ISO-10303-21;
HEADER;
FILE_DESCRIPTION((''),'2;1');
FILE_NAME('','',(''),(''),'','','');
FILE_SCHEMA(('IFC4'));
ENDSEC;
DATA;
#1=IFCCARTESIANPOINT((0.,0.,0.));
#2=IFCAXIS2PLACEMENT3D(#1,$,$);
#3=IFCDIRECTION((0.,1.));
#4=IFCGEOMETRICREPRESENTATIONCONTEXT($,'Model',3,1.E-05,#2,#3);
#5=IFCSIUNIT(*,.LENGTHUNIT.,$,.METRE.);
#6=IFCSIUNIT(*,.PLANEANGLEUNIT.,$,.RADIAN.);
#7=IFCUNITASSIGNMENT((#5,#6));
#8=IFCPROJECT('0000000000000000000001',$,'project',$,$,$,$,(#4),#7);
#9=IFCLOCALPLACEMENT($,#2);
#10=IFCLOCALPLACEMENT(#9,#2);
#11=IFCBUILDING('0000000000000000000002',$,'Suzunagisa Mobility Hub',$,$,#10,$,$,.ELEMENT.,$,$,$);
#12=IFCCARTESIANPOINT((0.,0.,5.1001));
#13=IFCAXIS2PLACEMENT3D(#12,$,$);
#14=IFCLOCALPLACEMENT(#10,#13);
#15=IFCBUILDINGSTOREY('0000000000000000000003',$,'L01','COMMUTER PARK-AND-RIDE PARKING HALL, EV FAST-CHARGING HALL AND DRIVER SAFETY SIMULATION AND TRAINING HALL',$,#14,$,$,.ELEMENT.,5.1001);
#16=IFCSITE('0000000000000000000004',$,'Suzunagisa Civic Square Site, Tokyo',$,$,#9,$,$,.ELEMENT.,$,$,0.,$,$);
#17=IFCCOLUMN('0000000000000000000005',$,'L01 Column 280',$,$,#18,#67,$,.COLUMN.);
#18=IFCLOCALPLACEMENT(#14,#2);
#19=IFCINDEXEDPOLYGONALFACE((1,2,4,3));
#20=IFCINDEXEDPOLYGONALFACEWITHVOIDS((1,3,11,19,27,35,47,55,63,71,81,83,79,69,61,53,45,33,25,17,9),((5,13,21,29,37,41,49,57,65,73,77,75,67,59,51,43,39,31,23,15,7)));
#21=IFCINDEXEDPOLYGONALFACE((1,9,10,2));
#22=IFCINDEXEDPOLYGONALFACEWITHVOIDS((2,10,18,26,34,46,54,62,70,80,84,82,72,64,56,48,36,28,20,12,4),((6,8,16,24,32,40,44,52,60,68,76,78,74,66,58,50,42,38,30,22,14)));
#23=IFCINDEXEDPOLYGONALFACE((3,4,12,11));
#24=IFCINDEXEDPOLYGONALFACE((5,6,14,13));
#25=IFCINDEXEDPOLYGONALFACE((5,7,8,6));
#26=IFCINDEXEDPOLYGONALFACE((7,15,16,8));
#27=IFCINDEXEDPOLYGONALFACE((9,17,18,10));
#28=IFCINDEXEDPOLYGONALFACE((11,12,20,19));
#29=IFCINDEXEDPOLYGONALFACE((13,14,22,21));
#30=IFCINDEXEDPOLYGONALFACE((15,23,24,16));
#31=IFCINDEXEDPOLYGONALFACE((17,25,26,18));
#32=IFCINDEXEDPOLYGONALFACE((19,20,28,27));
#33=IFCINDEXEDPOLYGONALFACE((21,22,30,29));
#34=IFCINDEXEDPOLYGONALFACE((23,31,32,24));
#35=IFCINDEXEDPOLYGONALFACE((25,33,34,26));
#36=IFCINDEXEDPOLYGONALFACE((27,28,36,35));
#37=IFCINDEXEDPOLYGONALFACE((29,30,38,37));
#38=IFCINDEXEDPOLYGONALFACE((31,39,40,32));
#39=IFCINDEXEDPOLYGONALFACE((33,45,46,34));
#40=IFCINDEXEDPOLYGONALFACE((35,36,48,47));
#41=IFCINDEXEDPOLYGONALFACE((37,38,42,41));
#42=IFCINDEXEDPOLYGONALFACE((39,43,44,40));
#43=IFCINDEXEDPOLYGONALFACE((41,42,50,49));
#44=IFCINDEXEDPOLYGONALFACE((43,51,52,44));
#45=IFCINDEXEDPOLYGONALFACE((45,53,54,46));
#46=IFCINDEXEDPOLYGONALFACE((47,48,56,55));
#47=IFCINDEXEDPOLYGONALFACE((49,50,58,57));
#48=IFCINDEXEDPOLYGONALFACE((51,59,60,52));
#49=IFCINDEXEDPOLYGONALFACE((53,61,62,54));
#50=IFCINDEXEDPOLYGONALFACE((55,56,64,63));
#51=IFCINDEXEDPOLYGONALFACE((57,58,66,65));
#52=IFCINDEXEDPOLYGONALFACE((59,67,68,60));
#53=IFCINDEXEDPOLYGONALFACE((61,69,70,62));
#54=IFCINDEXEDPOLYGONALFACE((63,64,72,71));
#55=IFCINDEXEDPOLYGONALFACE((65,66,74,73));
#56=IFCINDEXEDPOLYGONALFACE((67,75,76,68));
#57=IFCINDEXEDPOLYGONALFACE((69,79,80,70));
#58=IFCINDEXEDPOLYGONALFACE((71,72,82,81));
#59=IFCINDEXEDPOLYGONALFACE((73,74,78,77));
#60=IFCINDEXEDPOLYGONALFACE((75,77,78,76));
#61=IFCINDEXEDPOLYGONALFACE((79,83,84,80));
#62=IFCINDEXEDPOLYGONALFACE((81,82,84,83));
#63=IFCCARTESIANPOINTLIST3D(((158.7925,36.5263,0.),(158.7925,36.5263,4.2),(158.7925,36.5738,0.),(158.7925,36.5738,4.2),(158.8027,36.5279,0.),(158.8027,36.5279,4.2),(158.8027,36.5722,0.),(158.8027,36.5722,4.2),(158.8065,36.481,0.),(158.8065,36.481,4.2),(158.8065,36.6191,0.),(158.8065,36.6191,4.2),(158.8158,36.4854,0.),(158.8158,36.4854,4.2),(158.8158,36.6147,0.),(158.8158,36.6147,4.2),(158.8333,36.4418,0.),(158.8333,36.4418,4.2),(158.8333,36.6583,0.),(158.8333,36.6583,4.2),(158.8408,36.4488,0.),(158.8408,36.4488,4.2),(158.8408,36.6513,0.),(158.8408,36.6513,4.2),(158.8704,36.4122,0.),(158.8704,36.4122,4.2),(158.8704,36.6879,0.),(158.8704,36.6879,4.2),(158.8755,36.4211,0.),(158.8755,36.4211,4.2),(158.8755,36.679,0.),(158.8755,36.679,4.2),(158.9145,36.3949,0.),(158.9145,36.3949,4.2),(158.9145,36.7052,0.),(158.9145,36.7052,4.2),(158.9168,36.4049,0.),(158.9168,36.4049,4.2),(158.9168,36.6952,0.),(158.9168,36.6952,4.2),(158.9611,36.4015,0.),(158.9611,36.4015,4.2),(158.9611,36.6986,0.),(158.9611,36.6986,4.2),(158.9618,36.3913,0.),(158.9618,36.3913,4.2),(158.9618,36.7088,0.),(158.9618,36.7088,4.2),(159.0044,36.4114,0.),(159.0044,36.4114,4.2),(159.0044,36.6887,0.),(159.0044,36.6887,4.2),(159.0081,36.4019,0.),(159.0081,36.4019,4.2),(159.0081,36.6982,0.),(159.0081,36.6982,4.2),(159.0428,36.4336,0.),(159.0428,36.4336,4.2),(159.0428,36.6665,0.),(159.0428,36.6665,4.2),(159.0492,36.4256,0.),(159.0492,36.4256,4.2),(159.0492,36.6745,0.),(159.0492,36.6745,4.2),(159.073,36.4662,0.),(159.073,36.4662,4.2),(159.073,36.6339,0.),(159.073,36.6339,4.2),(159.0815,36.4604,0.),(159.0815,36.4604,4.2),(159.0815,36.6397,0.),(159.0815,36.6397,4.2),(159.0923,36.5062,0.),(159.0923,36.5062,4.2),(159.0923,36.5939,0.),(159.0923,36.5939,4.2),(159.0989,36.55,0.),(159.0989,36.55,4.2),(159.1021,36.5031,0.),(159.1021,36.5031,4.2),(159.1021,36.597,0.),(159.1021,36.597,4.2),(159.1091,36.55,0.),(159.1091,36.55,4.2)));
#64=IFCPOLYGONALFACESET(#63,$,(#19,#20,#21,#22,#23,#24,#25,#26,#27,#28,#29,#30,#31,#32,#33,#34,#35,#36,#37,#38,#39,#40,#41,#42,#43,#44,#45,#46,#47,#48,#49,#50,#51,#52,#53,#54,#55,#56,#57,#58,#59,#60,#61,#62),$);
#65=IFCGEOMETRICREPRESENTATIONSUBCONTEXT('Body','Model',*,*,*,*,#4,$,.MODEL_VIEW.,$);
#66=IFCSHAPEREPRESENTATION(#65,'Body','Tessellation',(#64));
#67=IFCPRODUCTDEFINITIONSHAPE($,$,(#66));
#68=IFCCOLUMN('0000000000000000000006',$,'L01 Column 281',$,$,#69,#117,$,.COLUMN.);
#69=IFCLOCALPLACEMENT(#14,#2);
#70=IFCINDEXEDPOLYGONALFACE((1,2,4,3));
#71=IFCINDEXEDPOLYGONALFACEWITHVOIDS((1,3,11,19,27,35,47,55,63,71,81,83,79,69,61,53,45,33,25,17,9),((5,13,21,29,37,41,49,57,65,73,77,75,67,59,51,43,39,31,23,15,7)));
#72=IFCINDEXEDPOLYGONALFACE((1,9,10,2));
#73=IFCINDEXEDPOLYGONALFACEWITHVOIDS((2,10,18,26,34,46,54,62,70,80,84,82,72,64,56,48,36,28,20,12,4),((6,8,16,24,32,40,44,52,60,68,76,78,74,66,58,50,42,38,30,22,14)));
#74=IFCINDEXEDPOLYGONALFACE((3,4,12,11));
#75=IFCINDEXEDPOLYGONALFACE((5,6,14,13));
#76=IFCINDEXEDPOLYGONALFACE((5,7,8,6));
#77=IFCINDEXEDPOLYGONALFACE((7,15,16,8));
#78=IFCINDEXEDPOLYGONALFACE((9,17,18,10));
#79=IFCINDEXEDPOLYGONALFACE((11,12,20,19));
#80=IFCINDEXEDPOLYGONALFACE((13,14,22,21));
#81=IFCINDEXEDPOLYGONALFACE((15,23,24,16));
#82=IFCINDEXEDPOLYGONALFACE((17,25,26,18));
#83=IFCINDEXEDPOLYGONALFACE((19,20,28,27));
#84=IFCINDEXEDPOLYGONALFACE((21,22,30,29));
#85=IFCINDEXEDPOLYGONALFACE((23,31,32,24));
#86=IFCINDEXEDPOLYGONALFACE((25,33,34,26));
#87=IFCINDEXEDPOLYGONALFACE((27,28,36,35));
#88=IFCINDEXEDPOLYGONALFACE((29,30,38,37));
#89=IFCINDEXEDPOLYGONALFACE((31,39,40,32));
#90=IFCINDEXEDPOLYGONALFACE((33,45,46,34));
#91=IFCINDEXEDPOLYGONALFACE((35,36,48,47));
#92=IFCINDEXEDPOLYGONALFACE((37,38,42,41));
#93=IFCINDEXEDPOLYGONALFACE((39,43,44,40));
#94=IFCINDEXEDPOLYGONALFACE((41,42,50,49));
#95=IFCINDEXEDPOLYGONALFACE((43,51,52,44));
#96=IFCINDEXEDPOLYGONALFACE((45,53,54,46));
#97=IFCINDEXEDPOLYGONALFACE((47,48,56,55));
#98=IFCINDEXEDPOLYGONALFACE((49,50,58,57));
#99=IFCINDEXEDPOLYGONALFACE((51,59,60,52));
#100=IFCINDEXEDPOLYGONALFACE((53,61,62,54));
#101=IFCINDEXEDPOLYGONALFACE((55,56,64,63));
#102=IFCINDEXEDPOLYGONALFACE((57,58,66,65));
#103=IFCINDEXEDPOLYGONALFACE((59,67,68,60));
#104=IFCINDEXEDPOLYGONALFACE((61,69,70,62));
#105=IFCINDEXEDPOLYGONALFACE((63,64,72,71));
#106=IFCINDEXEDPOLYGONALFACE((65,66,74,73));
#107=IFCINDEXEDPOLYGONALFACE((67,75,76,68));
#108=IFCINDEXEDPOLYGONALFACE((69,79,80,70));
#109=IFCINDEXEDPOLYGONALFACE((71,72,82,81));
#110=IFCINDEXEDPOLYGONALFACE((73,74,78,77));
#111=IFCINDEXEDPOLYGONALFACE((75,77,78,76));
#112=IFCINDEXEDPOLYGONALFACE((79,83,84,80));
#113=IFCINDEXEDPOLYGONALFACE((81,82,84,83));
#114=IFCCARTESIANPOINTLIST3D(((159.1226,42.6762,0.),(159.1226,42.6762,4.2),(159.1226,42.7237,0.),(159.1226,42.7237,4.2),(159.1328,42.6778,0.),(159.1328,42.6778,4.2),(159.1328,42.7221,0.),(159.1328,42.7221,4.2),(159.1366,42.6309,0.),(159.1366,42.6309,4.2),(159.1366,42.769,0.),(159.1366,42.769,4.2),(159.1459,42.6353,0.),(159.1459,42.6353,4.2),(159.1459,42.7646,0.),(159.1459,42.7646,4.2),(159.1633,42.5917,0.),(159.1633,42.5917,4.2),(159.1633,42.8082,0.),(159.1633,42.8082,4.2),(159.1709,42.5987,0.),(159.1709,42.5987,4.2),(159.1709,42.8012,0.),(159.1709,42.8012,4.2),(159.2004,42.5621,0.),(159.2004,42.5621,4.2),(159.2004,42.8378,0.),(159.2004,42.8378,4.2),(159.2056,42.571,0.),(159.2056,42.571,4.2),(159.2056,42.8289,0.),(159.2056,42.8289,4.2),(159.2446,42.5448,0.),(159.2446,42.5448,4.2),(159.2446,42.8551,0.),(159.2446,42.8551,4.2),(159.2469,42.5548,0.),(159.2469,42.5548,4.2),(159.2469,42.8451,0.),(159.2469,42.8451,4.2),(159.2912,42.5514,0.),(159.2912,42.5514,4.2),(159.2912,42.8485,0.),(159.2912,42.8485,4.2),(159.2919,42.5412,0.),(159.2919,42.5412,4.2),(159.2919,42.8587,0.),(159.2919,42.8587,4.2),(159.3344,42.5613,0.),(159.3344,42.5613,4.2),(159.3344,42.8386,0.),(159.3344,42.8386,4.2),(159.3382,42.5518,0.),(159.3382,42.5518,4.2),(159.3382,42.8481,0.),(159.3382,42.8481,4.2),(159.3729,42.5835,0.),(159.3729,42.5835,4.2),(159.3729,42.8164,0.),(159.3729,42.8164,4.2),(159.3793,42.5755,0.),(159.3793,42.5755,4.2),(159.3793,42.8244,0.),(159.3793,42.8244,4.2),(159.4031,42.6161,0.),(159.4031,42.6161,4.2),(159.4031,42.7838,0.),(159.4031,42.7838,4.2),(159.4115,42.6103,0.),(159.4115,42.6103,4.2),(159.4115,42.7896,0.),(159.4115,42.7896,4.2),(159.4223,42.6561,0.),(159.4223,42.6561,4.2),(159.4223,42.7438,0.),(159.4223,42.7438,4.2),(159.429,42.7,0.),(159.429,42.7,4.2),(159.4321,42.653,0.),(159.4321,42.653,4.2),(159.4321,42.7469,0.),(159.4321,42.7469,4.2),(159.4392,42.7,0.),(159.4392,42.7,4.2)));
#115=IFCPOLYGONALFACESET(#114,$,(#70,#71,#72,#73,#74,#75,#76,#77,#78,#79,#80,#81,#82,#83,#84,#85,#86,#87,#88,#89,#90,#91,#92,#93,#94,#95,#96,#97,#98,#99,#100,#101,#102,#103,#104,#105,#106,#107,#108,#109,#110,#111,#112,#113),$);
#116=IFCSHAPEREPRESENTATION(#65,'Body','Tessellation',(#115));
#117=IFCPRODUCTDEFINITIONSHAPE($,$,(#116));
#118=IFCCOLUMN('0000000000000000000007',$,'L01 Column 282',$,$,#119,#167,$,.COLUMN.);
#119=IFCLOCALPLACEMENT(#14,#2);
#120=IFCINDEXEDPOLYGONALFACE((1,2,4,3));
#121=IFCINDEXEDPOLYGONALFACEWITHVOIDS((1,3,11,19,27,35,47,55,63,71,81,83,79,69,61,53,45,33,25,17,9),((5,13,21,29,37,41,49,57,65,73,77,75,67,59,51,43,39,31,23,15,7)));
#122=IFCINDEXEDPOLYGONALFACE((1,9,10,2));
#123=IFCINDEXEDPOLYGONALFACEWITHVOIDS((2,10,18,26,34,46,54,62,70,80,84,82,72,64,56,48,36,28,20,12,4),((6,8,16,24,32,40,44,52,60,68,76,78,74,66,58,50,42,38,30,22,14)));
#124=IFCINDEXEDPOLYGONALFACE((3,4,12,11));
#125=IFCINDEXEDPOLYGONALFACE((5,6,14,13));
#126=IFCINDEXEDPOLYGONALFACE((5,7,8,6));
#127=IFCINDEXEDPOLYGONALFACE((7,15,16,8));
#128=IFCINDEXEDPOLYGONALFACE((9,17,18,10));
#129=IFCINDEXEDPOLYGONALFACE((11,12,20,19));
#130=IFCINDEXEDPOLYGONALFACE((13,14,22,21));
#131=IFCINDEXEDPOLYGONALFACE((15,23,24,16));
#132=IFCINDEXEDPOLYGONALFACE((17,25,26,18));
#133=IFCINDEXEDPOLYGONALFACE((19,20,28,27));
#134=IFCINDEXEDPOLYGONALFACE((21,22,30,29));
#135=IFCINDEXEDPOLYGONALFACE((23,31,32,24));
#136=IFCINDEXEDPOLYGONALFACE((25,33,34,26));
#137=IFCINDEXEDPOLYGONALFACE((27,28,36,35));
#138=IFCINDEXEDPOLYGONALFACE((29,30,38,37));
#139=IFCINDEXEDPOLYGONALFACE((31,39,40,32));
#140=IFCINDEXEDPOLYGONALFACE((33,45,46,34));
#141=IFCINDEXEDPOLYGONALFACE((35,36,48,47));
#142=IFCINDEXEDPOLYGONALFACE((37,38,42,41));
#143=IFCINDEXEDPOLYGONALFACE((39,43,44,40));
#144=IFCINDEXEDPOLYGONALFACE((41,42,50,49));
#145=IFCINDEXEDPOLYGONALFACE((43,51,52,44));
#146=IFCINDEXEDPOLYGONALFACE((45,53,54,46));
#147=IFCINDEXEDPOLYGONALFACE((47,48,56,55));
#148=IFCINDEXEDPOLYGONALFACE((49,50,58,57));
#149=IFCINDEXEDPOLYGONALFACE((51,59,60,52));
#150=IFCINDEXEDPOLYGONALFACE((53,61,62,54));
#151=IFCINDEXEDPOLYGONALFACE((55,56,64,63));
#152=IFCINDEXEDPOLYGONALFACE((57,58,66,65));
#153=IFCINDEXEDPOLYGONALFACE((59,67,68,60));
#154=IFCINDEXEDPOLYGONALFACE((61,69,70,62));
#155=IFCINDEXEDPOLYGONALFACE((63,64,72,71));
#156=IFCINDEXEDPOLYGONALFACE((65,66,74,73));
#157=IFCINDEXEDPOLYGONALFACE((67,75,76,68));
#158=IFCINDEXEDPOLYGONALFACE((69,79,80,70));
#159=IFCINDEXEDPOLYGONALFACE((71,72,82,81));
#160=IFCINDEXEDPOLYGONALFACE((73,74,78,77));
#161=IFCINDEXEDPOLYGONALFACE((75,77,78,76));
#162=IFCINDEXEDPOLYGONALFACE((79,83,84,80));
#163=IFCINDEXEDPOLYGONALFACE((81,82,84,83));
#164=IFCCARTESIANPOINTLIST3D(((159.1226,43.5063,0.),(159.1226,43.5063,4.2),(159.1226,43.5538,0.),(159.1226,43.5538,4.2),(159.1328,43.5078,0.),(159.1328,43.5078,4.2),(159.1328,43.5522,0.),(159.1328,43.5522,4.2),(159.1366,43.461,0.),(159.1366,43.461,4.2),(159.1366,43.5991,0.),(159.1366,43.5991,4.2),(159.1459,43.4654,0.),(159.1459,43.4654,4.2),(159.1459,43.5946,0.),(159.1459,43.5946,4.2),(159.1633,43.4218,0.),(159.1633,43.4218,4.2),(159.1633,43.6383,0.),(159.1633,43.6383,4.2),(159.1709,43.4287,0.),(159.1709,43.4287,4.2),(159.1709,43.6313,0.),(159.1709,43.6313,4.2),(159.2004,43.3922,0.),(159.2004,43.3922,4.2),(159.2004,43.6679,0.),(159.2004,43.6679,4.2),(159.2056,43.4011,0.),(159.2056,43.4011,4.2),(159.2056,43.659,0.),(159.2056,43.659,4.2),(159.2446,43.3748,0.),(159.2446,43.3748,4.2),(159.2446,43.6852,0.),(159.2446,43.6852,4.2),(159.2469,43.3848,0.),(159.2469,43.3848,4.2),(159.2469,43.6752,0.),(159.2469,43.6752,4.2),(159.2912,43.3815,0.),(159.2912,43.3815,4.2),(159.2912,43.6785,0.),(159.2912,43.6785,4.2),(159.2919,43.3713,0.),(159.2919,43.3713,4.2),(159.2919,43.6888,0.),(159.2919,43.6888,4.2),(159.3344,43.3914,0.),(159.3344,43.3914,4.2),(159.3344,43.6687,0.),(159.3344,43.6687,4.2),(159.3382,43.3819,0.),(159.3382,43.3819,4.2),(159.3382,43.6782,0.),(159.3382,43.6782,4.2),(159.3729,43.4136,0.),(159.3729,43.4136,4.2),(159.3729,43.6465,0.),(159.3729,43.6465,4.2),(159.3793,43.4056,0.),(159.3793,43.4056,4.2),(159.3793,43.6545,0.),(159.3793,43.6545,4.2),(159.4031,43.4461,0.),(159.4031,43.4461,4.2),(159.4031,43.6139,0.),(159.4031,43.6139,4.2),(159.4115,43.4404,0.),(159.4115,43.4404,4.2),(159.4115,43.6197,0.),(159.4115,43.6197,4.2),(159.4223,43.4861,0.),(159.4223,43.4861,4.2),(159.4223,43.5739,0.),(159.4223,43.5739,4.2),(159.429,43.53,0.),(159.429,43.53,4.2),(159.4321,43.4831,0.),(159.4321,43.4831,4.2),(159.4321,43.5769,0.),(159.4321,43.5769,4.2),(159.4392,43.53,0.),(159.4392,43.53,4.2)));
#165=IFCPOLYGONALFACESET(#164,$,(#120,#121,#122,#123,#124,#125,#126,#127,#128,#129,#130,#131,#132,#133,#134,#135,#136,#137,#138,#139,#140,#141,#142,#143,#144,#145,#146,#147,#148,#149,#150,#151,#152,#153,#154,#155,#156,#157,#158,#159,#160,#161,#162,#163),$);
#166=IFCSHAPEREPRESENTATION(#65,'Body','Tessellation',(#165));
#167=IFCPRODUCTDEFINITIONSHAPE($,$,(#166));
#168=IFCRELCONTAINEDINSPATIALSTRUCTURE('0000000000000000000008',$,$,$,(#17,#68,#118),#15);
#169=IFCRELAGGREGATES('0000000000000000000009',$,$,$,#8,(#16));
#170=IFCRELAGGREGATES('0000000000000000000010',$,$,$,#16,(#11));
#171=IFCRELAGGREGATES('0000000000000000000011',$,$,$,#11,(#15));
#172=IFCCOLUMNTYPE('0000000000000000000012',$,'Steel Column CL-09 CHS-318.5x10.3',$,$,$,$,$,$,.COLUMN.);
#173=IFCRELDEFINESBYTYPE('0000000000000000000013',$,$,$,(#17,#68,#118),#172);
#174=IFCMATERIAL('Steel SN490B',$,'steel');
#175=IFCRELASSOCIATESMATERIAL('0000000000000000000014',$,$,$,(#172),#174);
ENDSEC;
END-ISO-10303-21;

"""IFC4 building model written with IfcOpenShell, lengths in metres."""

from ifc_helpers import new_model, si_unit, direction, frame, origin, origin_2d, place, context, subcontext, project, spatial, hollow_circle, extrude, material, material_profile, profile_set, type_object, element, save


model = new_model("IFC4")

# Units and contexts
model_context = context("Model", 3, precision=1e-05, world=origin(), true_north=direction((0.0, 1.0)))
body_context = subcontext(model_context, "Body", "Model", "MODEL_VIEW")
ifc_project = project(units=[si_unit("LENGTHUNIT", "METRE"), si_unit("PLANEANGLEUNIT", "RADIAN")], contexts=[model_context])

# Site, building, storey
site_placement = place(None, origin())
site = spatial("IfcSite", under=ifc_project, at=site_placement, Name="Suzunagisa Civic Square Site, Tokyo", CompositionType="ELEMENT", RefElevation=0.0)
building_placement = place(site_placement, origin())
building = spatial("IfcBuilding", under=site, at=building_placement, Name="Suzunagisa Mobility Hub", CompositionType="ELEMENT")
storey_placement = place(building_placement, frame((0.0, 0.0, 5.1001)))
storey = spatial("IfcBuildingStorey", under=building, at=storey_placement, Name="L01", Description="COMMUTER PARK-AND-RIDE PARKING HALL, EV FAST-CHARGING HALL AND DRIVER SAFETY SIMULATION AND TRAINING HALL", CompositionType="ELEMENT", Elevation=5.1001)

# Columns
ifc_material_1 = material(Name="Steel SN490B", Category="steel")
ifc_material_profile_1 = material_profile(ifc_material_1, hollow_circle(Radius=0.1592, WallThickness=0.0103, at=origin_2d()), Name="CHS-318.5x10.3")
ifc_profile_set_1 = profile_set([ifc_material_profile_1], Name="Steel SN490B")
column_type_1 = type_object("IfcColumnType", Name="Steel Column CL-09 CHS-318.5x10.3", PredefinedType="COLUMN", material=ifc_profile_set_1)
for number, where, z_axis, x_axis, name in (
    (1, (158.95, 36.55, 0.0), (0.0, 0.0, 1.0), (1.0, 0.0, 0.0), "L01 Column 280"),
    (2, (159.28, 42.7, 0.0), (0.0, 0.0, 1.0), (1.0, 0.0, 0.0), "L01 Column 281"),
    (3, (159.28, 43.53, 0.0), (0.0, 0.0, 1.0), (1.0, 0.0, 0.0), "L01 Column 282"),
):
    element("IfcColumn", number, at=place(storey_placement, frame(where, z_axis=z_axis, x_axis=x_axis)), inside=storey, type_object=column_type_1, Name=name, PredefinedType="COLUMN", context=body_context, shape_type="SweptSolid", body=[
        extrude(hollow_circle(Radius=0.1592, WallThickness=0.0103, at=origin_2d()), origin(), (0.0, 0.0, 1.0), 4.2),
    ])

save(model, "model.ifc")
